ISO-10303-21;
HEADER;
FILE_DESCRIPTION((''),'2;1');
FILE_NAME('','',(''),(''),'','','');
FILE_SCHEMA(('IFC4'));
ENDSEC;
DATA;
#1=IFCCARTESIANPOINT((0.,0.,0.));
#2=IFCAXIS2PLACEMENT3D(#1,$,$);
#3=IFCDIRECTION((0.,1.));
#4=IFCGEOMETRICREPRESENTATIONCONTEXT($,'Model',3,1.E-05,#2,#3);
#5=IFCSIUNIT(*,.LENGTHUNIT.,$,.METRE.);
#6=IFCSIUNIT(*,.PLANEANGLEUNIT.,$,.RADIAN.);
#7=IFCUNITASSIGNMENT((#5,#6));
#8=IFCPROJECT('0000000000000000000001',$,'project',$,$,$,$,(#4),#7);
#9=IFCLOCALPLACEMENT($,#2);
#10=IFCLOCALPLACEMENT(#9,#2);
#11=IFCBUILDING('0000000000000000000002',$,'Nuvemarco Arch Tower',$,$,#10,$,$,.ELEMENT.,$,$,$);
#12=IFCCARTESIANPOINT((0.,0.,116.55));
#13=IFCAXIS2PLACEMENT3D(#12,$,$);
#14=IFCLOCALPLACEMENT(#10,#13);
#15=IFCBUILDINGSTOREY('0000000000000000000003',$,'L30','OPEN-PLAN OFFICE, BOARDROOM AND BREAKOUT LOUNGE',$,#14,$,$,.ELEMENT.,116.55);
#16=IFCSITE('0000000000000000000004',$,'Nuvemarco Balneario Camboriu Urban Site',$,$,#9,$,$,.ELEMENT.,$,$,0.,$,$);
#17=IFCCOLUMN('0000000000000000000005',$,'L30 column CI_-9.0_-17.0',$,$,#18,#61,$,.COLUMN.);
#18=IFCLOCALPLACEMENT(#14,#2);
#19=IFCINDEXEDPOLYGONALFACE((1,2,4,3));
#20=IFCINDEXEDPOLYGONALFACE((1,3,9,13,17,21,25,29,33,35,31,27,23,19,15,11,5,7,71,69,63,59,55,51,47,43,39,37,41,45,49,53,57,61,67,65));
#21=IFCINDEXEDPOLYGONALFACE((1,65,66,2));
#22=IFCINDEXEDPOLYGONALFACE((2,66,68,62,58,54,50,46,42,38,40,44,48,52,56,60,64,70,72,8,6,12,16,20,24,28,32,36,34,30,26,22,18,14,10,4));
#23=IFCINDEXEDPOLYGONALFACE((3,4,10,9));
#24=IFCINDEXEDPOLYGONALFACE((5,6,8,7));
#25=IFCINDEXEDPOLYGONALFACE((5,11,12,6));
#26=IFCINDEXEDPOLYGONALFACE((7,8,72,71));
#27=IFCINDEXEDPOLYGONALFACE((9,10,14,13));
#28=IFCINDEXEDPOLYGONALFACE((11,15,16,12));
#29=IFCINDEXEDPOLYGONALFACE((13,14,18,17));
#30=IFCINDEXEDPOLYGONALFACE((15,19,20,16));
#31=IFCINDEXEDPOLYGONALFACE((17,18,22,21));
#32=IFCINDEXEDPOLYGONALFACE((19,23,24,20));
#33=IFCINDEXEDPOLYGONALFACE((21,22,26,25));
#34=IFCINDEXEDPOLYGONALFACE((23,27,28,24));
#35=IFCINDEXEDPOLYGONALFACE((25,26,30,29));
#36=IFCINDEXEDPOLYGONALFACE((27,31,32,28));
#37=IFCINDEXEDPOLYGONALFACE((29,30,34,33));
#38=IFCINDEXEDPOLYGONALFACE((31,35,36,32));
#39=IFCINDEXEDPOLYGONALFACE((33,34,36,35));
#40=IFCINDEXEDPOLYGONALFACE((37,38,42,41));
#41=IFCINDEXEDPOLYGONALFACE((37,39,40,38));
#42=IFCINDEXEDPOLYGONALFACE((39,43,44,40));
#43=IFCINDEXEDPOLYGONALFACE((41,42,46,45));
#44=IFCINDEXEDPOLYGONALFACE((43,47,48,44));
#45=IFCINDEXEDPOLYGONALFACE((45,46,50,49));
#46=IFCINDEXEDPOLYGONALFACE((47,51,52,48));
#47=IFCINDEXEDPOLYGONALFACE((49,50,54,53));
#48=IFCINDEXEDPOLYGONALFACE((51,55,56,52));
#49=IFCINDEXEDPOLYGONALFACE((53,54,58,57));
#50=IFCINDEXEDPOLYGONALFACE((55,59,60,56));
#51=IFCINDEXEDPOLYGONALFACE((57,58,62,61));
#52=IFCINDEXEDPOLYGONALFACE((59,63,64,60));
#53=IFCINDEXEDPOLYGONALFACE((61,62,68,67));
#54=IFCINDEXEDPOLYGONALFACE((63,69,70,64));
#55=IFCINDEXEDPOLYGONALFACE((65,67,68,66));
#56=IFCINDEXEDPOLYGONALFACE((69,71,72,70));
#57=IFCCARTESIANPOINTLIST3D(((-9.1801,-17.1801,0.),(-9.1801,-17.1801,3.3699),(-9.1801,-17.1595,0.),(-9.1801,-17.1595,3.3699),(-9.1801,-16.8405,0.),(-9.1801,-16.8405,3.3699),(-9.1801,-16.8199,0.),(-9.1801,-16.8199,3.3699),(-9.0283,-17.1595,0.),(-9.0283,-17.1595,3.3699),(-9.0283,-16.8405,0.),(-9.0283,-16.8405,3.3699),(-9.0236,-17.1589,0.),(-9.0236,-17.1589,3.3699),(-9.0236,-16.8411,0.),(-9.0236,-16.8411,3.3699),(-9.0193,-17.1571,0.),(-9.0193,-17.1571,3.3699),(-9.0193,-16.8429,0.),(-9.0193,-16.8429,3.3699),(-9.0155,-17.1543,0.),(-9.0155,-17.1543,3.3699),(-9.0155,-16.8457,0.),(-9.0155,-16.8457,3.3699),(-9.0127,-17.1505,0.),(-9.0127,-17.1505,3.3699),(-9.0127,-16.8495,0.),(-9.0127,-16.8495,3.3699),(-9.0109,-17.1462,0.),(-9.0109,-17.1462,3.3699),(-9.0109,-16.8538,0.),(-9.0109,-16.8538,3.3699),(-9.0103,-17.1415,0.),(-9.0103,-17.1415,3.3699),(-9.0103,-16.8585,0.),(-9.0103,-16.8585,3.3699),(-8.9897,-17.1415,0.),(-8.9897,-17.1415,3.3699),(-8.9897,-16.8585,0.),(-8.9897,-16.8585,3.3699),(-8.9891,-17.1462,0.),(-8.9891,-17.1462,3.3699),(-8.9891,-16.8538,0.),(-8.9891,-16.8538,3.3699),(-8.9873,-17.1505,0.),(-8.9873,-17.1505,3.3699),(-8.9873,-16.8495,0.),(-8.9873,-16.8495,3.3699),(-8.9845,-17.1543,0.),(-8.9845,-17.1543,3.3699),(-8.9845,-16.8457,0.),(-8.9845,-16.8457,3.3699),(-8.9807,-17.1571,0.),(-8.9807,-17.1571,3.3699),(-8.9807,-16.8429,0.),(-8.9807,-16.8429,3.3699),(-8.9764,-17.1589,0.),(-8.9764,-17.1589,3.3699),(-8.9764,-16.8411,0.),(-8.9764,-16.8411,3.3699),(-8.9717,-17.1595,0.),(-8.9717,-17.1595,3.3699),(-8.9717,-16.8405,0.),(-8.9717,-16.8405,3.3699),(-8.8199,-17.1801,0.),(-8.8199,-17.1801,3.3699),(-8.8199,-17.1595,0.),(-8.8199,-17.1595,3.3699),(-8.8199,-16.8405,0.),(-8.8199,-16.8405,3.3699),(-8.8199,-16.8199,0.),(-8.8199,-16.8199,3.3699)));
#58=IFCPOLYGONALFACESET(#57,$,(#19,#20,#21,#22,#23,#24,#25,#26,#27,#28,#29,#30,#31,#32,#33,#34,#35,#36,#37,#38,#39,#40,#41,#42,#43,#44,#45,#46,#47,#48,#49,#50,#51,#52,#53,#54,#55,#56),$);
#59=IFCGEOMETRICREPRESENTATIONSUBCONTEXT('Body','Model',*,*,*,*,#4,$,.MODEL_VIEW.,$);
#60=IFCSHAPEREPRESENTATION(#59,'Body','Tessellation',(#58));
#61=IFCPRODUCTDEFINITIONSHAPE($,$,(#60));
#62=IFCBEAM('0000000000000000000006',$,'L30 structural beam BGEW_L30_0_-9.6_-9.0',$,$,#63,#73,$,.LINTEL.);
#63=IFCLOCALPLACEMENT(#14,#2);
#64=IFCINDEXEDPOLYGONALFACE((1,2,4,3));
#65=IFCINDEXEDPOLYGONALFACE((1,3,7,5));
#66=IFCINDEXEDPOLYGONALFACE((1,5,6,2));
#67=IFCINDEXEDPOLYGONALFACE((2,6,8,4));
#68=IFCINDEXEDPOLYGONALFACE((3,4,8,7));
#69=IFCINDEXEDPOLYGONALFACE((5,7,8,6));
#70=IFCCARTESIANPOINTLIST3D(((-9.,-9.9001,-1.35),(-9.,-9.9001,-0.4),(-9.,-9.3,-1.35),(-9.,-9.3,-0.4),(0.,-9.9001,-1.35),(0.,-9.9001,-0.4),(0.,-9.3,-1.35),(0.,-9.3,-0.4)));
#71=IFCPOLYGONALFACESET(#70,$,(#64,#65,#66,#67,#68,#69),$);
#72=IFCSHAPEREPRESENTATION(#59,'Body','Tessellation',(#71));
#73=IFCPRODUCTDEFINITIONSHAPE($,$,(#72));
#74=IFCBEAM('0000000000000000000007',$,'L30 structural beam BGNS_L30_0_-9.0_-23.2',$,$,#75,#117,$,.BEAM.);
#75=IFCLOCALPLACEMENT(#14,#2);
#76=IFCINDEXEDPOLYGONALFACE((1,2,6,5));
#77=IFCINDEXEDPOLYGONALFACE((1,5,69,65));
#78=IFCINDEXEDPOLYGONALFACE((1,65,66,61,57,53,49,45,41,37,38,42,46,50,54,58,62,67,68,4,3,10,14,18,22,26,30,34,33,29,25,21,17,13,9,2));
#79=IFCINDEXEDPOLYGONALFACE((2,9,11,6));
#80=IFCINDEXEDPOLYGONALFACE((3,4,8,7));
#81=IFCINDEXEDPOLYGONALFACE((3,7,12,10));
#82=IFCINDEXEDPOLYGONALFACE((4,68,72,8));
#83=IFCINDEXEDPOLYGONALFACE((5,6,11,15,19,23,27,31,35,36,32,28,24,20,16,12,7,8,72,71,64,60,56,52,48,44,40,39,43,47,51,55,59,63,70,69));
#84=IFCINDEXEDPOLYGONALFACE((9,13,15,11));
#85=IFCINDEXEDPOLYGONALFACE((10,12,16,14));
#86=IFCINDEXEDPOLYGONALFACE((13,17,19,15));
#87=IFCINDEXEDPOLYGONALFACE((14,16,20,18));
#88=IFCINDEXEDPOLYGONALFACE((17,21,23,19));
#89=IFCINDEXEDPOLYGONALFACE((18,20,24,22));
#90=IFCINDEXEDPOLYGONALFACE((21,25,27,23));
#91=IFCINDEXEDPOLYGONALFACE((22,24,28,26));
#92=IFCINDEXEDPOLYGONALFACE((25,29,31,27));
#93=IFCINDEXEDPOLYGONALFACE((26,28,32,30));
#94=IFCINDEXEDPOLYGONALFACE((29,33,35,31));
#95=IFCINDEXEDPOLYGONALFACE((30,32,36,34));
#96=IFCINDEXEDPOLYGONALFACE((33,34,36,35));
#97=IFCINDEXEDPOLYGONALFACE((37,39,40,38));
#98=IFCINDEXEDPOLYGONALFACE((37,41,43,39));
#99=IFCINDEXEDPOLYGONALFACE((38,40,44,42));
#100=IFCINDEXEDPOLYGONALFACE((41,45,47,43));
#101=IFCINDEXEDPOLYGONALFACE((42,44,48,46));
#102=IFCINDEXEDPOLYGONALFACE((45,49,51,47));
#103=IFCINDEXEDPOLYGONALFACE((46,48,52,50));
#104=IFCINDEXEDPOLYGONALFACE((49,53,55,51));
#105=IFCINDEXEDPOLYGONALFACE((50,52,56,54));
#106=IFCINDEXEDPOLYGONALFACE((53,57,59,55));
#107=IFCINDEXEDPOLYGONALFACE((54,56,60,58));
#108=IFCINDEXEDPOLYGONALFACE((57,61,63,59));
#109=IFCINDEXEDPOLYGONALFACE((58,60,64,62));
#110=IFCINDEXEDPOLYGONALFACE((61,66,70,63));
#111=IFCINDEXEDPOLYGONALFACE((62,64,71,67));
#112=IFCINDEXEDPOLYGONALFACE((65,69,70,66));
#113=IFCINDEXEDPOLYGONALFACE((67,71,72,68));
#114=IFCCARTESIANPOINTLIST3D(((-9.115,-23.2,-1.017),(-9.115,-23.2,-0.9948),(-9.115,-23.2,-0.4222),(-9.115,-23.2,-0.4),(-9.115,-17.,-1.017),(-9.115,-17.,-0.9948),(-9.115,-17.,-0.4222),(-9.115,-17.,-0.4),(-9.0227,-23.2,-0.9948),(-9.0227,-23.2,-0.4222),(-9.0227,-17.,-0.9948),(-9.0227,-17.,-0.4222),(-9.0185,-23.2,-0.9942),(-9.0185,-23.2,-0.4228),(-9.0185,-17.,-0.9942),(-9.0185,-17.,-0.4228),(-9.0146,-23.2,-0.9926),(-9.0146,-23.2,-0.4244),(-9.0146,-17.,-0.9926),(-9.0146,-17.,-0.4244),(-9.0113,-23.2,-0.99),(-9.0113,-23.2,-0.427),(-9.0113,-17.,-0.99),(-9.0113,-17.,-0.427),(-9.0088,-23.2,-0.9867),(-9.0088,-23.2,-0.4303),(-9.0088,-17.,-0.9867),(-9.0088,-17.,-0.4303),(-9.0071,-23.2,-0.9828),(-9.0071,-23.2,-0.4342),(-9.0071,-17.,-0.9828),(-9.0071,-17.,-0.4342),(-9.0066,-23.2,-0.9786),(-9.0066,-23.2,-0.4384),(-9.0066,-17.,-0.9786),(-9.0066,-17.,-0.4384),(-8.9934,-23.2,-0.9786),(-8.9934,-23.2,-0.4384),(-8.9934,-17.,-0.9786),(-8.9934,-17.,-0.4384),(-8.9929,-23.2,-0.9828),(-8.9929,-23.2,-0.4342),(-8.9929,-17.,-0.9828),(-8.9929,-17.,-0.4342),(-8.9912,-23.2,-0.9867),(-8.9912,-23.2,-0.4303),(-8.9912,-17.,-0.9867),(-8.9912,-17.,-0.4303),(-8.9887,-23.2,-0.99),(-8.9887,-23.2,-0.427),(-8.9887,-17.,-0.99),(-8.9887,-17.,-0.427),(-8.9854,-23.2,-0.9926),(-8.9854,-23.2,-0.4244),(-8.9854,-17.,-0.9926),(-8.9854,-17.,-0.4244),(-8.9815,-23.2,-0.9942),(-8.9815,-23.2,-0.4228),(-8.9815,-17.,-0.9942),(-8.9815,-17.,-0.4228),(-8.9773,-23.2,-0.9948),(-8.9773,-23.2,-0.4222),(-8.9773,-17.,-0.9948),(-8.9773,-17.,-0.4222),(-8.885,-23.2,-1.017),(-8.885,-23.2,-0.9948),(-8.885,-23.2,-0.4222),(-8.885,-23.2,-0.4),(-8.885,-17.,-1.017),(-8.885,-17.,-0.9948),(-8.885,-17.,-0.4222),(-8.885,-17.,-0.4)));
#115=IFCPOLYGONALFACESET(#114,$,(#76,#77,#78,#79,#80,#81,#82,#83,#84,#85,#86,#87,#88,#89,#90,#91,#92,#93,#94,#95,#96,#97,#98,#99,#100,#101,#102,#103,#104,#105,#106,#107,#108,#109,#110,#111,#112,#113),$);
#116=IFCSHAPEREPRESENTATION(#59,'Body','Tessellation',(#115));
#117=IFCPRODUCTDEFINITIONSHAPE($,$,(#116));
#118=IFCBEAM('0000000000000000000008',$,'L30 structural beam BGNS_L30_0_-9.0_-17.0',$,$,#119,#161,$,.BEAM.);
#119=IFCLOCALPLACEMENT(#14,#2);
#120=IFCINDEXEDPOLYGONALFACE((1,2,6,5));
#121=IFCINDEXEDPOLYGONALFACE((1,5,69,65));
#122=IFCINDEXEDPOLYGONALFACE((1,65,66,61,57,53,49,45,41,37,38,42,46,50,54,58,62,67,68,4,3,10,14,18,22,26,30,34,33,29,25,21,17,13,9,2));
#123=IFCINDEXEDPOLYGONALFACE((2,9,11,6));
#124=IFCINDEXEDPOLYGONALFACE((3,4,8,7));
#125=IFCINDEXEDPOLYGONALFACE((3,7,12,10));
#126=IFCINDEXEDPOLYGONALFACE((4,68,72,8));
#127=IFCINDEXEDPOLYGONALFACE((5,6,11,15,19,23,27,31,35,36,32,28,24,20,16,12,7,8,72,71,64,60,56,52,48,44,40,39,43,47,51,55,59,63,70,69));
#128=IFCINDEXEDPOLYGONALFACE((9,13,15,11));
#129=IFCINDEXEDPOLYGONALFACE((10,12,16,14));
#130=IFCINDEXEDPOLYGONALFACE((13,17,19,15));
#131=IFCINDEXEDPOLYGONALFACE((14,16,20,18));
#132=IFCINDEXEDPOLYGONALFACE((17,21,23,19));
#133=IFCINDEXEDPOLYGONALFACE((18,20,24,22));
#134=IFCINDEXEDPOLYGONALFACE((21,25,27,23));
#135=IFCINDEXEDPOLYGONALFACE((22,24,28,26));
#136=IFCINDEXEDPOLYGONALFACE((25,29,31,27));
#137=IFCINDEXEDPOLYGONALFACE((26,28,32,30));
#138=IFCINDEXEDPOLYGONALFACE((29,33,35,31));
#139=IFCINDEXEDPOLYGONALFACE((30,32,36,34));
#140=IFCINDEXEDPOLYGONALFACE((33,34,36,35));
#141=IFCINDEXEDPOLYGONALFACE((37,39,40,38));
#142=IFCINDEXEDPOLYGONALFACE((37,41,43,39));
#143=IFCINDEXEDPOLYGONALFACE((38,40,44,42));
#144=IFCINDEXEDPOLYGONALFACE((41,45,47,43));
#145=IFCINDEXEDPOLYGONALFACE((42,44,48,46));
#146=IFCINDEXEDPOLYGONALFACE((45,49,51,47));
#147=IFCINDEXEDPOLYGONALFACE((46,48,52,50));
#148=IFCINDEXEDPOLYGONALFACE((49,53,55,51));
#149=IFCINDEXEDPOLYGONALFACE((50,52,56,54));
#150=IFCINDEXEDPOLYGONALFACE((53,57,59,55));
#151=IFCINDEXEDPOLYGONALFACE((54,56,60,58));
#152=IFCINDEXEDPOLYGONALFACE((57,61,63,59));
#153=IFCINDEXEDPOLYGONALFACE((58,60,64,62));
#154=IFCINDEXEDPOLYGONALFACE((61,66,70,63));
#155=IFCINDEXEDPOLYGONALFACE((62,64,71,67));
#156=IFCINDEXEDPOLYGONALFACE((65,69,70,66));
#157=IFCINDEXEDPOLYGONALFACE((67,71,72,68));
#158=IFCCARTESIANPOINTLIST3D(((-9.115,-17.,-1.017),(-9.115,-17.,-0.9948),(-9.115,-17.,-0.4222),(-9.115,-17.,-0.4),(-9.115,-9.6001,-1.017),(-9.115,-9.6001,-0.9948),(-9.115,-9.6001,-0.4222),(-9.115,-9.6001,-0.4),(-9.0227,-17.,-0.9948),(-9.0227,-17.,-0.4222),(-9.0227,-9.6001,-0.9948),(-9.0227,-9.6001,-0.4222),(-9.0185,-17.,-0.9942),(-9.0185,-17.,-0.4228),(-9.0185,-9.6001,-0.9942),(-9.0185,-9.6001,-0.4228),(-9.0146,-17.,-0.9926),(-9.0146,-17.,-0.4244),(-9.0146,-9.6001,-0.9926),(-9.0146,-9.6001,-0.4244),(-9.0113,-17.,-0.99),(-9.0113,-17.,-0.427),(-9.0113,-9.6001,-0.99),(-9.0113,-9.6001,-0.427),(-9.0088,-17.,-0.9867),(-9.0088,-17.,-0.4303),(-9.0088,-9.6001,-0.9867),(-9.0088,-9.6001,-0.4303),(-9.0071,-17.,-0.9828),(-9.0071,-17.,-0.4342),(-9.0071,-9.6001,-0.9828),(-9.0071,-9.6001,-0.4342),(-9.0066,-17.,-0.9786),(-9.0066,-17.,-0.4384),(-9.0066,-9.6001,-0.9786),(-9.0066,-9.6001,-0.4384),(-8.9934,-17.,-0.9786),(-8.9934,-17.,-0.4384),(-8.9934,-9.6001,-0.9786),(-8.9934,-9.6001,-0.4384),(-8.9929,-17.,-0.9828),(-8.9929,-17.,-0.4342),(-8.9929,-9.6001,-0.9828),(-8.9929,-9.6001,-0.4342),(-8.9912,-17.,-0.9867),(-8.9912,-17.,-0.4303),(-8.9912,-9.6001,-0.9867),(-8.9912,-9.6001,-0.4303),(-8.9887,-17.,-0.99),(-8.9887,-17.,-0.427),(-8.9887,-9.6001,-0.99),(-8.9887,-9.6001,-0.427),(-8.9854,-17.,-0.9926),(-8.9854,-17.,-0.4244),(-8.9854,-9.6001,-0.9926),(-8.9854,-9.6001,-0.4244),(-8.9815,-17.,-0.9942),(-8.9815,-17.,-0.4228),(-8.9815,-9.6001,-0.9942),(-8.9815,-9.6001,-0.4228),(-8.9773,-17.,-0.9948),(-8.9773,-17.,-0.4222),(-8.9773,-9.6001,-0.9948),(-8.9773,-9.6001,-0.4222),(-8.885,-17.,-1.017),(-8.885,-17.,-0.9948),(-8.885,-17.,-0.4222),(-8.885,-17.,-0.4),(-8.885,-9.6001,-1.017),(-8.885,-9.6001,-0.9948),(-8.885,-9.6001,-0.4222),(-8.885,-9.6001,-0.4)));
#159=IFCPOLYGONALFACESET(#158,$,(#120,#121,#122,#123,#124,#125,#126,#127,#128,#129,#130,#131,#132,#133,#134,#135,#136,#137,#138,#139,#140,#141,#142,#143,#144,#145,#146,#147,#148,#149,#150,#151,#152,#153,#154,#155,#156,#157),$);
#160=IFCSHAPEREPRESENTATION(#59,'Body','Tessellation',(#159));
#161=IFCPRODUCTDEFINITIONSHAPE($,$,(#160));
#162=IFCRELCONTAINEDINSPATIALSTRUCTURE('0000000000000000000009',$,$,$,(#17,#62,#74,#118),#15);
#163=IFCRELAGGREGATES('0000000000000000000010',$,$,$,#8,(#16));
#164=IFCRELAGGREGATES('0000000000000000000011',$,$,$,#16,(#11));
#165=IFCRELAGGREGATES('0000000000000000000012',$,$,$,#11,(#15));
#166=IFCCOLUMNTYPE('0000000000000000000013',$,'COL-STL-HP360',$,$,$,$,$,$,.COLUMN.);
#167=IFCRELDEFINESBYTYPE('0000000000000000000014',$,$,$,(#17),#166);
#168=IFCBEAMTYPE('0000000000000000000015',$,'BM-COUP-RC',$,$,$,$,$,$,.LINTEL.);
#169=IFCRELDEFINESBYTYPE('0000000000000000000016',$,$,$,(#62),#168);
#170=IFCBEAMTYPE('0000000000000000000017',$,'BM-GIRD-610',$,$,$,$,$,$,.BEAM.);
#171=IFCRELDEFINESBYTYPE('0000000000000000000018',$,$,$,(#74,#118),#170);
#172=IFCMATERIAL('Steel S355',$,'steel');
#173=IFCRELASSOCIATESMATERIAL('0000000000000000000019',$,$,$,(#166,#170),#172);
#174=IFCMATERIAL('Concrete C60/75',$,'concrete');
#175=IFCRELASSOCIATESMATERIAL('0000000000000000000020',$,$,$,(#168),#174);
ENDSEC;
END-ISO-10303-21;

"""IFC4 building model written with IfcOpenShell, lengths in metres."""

from ifc_helpers import new_model, si_unit, direction, frame, origin, origin_2d, place, context, subcontext, project, spatial, rectangle, i_section, extrude, material, material_profile, profile_set, type_object, element, save


model = new_model("IFC4")

# Units and contexts
model_context = context("Model", 3, precision=1e-05, world=origin(), true_north=direction((0.0, 1.0)))
body_context = subcontext(model_context, "Body", "Model", "MODEL_VIEW")
ifc_project = project(units=[si_unit("LENGTHUNIT", "METRE"), si_unit("PLANEANGLEUNIT", "RADIAN")], contexts=[model_context])

# Site, building, storey
site_placement = place(None, origin())
site = spatial("IfcSite", under=ifc_project, at=site_placement, Name="Nuvemarco Balneario Camboriu Urban Site", CompositionType="ELEMENT", RefElevation=0.0)
building_placement = place(site_placement, origin())
building = spatial("IfcBuilding", under=site, at=building_placement, Name="Nuvemarco Arch Tower", CompositionType="ELEMENT")
storey_placement = place(building_placement, frame((0.0, 0.0, 116.55)))
storey = spatial("IfcBuildingStorey", under=building, at=storey_placement, Name="L30", Description="OPEN-PLAN OFFICE, BOARDROOM AND BREAKOUT LOUNGE", CompositionType="ELEMENT", Elevation=116.55)

# Column
ifc_material_1 = material(Name="Concrete C60/75", Category="concrete")
ifc_material_2 = material(Name="Steel S355", Category="steel")
ifc_material_profile_1 = material_profile(ifc_material_2, i_section(OverallWidth=0.3601, OverallDepth=0.3601, WebThickness=0.0205, FlangeThickness=0.0205, FilletRadius=0.0181, at=origin_2d()), Name="HP360x174")
ifc_profile_set_1 = profile_set([ifc_material_profile_1], Name="Steel S355")
column_type_1 = type_object("IfcColumnType", Name="COL-STL-HP360", PredefinedType="COLUMN", material=ifc_profile_set_1)
column_1_placement = place(storey_placement, frame((-9.0, -17.0, 0.0), z_axis=(0.0, 0.0, 1.0), x_axis=(1.0, 0.0, 0.0)))
element("IfcColumn", 1, at=column_1_placement, inside=storey, type_object=column_type_1, Name="L30 column CI_-9.0_-17.0", PredefinedType="COLUMN", context=body_context, shape_type="SweptSolid", body=[
    extrude(i_section(OverallWidth=0.3601, OverallDepth=0.3601, WebThickness=0.0205, FlangeThickness=0.0205, FilletRadius=0.0181, at=origin_2d()), origin(), (0.0, 0.0, 1.0), 3.3699),
])

# Beams
ifc_material_profile_2 = material_profile(ifc_material_1, rectangle(XDim=0.6001, YDim=0.95, at=origin_2d()), Name="RC-BM-600x950")
ifc_profile_set_2 = profile_set([ifc_material_profile_2], Name="Concrete C60/75")
beam_type_1 = type_object("IfcBeamType", Name="BM-COUP-RC", PredefinedType="LINTEL", material=ifc_profile_set_2)
beam_1_placement = place(storey_placement, frame((-9.0, -9.6001, -0.875), z_axis=(1.0, 0.0, 0.0), x_axis=(0.0, 1.0, 0.0)))
element("IfcBeam", 2, at=beam_1_placement, inside=storey, type_object=beam_type_1, Name="L30 structural beam BGEW_L30_0_-9.6_-9.0", PredefinedType="LINTEL", context=body_context, shape_type="SweptSolid", body=[
    extrude(rectangle(XDim=0.6001, YDim=0.95, at=origin_2d()), origin(), (0.0, 0.0, 1.0), 9.0),
])
ifc_material_profile_3 = material_profile(ifc_material_2, i_section(OverallWidth=0.23, OverallDepth=0.6169, WebThickness=0.0132, FlangeThickness=0.0222, FilletRadius=0.0161, at=origin_2d()), Name="W610x140")
ifc_profile_set_3 = profile_set([ifc_material_profile_3], Name="Steel S355")
beam_type_2 = type_object("IfcBeamType", Name="BM-GIRD-610", PredefinedType="BEAM", material=ifc_profile_set_3)
beam_2_placement = place(storey_placement, frame((-9.0, -23.2, -0.7085), z_axis=(0.0, 1.0, 0.0), x_axis=(-1.0, 0.0, 0.0)))
element("IfcBeam", 3, at=beam_2_placement, inside=storey, type_object=beam_type_2, Name="L30 structural beam BGNS_L30_0_-9.0_-23.2", PredefinedType="BEAM", context=body_context, shape_type="SweptSolid", body=[
    extrude(i_section(OverallWidth=0.23, OverallDepth=0.6169, WebThickness=0.0132, FlangeThickness=0.0222, FilletRadius=0.0161, at=origin_2d()), origin(), (0.0, 0.0, 1.0), 6.2),
])
beam_3_placement = place(storey_placement, frame((-9.0, -17.0, -0.7085), z_axis=(0.0, 1.0, 0.0), x_axis=(-1.0, 0.0, 0.0)))
element("IfcBeam", 4, at=beam_3_placement, inside=storey, type_object=beam_type_2, Name="L30 structural beam BGNS_L30_0_-9.0_-17.0", PredefinedType="BEAM", context=body_context, shape_type="SweptSolid", body=[
    extrude(i_section(OverallWidth=0.23, OverallDepth=0.6169, WebThickness=0.0132, FlangeThickness=0.0222, FilletRadius=0.0161, at=origin_2d()), origin(), (0.0, 0.0, 1.0), 7.3999),
])

save(model, "model.ifc")
